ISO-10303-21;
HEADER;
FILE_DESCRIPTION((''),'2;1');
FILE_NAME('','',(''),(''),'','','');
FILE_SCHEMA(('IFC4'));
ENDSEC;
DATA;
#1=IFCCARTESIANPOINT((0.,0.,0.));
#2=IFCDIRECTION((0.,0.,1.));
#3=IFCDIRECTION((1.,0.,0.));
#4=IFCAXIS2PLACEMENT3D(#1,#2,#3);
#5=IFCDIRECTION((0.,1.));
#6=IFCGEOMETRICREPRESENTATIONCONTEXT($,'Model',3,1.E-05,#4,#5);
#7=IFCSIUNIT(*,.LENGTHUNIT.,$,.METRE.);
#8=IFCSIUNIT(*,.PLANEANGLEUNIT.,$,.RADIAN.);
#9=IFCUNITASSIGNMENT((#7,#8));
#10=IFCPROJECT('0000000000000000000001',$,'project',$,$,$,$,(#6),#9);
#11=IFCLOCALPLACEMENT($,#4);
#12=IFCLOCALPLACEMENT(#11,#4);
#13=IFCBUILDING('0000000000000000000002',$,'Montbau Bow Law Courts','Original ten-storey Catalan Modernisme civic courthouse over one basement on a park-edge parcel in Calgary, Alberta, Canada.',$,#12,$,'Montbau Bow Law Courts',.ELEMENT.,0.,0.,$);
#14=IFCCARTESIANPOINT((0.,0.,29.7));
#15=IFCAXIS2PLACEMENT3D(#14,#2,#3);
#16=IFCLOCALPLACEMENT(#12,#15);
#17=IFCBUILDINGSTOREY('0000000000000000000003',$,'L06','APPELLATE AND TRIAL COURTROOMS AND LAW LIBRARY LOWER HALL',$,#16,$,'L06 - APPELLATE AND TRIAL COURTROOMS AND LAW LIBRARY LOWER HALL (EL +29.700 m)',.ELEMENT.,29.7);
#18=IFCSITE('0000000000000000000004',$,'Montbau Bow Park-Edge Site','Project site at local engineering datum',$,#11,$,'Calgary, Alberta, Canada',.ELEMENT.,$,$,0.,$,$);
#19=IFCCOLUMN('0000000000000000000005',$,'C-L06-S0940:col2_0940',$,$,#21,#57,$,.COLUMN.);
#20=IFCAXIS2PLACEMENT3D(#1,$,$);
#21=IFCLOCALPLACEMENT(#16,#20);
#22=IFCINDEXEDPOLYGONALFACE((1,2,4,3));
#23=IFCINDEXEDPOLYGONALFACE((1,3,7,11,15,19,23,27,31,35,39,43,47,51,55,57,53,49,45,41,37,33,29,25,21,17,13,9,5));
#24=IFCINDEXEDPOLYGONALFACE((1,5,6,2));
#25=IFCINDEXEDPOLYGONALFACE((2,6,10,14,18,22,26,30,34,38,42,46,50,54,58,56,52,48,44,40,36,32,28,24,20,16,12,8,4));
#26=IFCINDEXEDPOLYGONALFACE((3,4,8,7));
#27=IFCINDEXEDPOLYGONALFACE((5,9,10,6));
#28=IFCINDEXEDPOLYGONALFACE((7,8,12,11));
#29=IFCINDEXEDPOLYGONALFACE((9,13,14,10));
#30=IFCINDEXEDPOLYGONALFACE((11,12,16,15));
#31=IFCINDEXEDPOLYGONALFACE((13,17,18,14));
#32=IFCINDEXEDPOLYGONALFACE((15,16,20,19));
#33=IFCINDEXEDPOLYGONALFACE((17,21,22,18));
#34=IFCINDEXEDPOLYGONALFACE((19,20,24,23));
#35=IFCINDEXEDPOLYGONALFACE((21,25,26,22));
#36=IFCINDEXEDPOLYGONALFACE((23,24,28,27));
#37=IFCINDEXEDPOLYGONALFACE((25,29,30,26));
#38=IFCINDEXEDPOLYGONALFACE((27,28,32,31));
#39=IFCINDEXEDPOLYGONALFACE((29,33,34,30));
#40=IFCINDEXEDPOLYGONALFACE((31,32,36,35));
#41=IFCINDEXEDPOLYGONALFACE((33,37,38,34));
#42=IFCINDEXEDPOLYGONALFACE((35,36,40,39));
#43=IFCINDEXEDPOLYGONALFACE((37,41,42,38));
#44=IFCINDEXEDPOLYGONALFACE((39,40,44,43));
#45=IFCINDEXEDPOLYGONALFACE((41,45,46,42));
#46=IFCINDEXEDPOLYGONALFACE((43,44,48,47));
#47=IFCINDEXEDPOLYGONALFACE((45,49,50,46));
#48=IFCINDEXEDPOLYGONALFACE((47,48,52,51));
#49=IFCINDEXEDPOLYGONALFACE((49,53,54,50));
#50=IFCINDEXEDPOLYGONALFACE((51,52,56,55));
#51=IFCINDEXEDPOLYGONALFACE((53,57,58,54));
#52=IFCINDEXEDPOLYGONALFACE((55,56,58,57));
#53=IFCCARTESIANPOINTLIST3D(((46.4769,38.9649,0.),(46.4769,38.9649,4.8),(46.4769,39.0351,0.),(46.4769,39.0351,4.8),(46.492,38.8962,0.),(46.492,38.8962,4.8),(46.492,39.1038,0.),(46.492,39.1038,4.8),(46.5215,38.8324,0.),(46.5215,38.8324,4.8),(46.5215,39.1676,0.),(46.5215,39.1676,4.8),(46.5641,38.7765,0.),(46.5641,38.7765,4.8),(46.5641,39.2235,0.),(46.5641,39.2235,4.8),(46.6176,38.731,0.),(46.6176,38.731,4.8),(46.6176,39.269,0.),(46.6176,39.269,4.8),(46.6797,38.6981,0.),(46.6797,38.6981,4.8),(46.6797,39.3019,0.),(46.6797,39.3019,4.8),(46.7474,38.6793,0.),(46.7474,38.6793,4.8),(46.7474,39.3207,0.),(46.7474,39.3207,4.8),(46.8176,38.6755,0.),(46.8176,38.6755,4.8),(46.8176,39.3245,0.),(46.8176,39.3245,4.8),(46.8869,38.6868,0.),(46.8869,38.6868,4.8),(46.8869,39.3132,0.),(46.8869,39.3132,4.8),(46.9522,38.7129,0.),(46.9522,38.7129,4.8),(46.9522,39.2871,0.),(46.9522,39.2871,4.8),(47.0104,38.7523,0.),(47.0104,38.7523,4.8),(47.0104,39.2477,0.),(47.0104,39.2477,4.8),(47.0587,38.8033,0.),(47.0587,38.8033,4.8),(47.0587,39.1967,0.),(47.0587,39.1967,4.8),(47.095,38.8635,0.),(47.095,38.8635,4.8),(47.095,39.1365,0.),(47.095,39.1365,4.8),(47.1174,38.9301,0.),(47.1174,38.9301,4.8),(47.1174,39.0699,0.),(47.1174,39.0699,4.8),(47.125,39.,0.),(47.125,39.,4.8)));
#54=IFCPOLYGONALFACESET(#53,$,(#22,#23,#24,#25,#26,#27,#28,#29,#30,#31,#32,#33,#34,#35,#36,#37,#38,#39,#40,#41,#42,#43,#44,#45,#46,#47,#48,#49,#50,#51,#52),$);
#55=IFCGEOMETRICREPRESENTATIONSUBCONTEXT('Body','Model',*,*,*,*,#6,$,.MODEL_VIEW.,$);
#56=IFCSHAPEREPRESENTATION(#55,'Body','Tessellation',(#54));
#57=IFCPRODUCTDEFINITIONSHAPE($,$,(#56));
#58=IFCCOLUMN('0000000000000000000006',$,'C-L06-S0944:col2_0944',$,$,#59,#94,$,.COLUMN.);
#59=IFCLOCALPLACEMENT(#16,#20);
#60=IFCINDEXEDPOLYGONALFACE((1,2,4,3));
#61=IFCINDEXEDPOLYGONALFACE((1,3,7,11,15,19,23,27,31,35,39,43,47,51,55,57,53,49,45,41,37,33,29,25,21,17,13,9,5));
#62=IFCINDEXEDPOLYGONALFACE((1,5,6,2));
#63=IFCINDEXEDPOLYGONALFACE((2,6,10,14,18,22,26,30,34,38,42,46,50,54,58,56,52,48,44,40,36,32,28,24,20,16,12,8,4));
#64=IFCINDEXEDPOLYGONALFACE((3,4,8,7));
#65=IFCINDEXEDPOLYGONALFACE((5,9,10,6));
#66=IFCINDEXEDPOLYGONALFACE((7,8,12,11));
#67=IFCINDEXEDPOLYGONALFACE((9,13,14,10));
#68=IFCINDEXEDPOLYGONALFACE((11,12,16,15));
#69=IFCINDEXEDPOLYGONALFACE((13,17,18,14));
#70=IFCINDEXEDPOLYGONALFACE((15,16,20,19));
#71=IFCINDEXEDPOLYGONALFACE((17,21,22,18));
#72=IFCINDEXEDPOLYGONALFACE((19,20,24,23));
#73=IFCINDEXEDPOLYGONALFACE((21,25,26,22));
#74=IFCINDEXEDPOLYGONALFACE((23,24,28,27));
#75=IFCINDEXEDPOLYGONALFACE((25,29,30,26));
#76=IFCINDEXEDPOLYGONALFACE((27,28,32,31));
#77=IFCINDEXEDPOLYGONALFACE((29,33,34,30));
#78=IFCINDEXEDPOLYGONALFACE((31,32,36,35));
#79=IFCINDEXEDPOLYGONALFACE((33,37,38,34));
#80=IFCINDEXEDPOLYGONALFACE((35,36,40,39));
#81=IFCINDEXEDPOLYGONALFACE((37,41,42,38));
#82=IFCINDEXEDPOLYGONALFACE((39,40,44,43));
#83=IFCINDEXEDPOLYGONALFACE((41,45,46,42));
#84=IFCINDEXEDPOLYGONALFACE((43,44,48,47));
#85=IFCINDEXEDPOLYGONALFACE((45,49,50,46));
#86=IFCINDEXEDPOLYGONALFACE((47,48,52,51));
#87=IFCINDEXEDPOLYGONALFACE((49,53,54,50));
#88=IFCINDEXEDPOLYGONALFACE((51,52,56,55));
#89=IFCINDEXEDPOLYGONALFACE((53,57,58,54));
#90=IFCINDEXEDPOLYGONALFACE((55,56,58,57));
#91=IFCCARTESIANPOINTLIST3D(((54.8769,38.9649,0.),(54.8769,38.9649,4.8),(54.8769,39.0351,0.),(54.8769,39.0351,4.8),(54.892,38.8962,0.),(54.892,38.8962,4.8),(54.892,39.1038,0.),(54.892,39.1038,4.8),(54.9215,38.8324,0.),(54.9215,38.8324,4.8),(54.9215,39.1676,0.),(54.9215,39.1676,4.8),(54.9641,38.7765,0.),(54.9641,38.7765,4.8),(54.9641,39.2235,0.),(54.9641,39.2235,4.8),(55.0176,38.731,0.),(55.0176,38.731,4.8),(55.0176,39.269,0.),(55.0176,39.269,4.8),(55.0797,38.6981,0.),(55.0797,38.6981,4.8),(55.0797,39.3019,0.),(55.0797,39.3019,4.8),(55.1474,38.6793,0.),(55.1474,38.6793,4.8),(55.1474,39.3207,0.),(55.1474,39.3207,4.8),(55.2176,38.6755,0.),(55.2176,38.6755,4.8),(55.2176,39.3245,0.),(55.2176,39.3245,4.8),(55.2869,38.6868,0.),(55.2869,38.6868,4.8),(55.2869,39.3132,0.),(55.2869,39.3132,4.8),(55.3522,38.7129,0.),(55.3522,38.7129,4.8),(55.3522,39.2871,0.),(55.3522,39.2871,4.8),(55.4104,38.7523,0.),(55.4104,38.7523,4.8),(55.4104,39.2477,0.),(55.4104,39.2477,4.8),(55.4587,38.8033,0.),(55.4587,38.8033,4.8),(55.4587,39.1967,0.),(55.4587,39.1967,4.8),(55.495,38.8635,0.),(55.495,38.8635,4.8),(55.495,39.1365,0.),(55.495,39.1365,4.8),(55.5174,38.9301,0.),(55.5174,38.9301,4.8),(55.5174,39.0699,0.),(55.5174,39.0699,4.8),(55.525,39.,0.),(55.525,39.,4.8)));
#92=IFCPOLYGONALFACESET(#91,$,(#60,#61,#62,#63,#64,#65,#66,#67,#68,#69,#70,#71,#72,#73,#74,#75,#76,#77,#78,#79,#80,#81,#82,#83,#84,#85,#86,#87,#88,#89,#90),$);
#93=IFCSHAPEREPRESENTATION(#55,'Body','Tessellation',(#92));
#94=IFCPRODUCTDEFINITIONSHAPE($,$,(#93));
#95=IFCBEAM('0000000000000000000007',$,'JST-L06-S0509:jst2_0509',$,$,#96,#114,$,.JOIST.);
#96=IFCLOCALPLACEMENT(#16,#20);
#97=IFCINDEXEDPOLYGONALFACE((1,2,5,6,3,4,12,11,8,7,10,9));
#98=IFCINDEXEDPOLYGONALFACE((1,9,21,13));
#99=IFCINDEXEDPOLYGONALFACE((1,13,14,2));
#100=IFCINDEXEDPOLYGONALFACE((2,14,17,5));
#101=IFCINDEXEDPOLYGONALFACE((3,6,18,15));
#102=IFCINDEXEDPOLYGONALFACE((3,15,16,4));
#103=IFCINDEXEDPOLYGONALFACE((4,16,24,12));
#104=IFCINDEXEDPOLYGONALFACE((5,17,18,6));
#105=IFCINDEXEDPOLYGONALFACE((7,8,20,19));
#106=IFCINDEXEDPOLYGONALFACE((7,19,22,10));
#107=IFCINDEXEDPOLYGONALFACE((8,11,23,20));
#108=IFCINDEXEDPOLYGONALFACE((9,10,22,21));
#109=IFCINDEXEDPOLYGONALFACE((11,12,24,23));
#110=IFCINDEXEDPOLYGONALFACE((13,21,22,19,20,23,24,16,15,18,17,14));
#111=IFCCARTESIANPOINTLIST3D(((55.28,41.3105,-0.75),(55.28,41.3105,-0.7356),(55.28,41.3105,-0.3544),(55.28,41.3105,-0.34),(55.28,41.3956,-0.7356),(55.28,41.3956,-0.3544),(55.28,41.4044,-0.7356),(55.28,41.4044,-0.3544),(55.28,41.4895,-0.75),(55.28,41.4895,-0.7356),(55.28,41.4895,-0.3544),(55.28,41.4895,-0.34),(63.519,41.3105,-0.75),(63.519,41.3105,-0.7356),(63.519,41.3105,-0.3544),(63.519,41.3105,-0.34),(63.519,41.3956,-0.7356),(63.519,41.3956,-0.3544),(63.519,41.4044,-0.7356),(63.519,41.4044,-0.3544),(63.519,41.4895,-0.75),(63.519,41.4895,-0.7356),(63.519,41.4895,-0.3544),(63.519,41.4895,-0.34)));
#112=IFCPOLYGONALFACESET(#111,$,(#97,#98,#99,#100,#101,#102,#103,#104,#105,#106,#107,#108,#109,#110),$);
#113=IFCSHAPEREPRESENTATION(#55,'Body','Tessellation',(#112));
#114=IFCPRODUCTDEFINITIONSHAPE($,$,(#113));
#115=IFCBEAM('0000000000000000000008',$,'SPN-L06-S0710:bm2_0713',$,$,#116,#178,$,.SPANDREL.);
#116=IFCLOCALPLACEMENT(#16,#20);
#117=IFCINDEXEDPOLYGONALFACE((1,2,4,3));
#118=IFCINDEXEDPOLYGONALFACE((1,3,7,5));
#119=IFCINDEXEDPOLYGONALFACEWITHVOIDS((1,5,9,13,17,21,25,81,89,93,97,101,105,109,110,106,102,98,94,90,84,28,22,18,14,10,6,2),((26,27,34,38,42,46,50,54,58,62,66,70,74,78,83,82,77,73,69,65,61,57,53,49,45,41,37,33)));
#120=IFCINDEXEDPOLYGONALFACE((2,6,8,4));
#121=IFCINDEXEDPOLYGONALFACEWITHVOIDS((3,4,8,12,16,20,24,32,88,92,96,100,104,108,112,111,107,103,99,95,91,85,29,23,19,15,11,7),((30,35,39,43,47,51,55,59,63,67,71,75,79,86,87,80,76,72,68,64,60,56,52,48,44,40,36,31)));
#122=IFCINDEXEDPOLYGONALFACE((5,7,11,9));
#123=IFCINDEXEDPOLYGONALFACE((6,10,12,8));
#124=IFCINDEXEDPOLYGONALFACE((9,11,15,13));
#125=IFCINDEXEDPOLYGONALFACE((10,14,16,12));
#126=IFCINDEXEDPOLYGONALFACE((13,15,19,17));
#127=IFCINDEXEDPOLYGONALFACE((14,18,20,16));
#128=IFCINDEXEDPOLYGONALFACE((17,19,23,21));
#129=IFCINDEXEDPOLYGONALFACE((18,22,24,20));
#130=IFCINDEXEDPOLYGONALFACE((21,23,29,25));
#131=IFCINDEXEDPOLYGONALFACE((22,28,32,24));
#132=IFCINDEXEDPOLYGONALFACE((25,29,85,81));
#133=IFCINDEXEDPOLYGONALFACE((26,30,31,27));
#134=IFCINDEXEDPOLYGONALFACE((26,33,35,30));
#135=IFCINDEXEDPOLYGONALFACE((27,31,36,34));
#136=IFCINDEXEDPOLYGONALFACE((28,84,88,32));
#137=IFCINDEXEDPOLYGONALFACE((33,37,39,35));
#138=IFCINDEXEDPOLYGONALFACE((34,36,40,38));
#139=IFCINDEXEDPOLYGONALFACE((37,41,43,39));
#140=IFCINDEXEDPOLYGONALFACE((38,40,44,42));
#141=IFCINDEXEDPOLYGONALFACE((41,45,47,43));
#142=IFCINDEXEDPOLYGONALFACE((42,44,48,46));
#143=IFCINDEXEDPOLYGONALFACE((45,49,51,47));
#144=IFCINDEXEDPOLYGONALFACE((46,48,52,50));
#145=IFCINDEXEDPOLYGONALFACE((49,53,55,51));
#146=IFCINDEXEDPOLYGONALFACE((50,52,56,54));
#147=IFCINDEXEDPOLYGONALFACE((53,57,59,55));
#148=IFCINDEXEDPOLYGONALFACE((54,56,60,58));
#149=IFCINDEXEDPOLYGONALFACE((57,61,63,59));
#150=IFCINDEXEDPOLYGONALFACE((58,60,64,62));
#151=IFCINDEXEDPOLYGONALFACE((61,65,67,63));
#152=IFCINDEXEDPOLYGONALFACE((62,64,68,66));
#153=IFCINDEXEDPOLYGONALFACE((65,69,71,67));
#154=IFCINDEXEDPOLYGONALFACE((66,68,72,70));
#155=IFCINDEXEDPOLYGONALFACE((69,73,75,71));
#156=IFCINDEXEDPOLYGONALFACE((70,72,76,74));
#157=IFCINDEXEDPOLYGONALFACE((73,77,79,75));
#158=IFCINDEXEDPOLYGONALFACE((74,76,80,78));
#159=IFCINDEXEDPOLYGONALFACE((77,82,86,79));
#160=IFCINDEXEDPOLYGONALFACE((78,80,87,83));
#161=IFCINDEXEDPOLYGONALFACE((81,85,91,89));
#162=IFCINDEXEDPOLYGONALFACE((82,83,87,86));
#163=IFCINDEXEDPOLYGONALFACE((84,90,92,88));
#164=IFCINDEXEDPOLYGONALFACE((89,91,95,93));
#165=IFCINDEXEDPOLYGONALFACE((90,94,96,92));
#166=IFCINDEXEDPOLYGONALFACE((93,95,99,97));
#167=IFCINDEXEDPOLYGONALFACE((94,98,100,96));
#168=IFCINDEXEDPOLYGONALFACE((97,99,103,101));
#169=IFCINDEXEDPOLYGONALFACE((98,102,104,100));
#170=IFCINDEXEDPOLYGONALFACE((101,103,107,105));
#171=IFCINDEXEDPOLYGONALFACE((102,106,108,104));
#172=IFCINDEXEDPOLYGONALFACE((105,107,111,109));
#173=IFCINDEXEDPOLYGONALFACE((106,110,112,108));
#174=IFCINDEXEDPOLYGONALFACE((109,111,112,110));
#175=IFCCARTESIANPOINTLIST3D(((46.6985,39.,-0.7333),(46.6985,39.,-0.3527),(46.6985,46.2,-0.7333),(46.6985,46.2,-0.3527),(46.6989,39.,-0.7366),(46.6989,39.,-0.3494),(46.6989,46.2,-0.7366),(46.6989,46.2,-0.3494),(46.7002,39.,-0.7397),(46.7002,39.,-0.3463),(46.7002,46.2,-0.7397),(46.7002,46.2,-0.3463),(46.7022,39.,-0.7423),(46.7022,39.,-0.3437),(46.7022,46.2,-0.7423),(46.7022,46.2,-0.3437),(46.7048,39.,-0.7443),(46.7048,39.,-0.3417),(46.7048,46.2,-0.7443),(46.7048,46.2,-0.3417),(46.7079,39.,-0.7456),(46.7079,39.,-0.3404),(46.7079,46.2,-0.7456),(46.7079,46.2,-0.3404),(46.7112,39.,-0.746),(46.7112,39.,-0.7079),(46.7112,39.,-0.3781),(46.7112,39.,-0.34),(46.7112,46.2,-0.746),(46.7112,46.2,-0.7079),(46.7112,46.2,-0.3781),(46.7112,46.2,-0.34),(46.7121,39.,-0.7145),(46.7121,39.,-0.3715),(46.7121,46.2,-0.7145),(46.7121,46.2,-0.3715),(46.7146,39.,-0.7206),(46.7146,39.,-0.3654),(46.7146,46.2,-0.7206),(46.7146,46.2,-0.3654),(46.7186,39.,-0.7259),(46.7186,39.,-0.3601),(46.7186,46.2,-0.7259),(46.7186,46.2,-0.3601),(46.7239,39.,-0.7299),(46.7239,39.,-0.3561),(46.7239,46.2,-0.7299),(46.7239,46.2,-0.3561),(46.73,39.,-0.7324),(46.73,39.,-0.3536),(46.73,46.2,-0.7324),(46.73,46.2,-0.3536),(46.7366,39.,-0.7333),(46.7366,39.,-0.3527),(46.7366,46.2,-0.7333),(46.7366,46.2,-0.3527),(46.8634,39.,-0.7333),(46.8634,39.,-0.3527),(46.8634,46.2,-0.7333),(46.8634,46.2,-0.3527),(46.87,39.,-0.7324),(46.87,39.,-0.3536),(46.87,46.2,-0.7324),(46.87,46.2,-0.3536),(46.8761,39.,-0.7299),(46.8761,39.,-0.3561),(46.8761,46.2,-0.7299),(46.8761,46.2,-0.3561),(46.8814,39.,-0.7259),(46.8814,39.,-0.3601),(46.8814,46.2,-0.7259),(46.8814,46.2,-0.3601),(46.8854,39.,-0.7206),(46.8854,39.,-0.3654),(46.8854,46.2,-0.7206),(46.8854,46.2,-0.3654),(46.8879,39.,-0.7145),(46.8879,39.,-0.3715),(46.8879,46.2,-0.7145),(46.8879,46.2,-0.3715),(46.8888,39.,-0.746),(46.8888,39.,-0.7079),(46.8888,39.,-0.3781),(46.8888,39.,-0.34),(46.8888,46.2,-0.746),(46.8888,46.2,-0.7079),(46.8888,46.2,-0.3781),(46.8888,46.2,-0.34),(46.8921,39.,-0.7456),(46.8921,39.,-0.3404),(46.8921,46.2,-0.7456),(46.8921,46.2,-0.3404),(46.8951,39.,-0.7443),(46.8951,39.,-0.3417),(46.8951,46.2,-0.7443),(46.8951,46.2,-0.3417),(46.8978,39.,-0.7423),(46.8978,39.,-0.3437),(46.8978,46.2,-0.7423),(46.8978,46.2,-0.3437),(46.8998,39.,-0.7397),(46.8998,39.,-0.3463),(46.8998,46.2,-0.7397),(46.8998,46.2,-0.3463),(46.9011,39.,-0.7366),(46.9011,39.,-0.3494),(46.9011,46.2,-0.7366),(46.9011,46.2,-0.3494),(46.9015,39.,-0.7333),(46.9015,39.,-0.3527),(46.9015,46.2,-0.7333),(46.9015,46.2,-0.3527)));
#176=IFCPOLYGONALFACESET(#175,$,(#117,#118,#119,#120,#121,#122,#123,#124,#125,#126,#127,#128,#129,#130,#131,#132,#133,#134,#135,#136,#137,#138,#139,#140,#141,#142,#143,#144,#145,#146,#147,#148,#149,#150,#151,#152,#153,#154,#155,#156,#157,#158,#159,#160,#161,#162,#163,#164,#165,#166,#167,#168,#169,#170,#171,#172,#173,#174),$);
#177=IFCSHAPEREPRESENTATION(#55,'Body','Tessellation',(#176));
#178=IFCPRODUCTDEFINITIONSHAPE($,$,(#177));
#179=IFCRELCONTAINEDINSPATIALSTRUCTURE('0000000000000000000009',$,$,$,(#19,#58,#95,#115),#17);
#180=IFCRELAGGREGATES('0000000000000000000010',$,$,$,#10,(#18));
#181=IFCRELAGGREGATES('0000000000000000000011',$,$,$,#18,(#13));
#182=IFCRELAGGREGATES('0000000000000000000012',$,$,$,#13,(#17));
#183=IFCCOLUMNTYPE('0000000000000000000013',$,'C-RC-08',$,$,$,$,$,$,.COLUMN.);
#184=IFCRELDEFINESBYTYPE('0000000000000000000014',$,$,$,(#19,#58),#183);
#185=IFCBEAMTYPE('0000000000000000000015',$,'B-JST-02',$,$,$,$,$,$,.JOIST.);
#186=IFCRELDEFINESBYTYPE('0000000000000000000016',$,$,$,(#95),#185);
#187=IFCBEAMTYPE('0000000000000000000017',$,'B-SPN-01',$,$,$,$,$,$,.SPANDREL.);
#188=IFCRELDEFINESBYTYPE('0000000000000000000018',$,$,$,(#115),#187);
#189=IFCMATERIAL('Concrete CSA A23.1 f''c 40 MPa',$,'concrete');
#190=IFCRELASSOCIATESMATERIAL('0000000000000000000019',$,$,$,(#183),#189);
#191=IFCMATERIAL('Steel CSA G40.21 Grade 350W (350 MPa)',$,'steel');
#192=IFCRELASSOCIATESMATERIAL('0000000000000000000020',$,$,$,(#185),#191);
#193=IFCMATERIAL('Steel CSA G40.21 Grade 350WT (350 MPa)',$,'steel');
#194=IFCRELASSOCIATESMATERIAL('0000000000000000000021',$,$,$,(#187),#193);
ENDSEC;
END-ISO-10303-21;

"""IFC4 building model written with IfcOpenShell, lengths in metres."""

from ifc_helpers import new_model, si_unit, direction, frame, origin_with_axes, origin_2d_with_axis, place, context, subcontext, project, spatial, hollow_rectangle, circle, i_section, extrude, material, material_profile, profile_set, type_object, element, save


model = new_model("IFC4")

# Units and contexts
model_context = context("Model", 3, precision=1e-05, world=origin_with_axes(), true_north=direction((0.0, 1.0)))
body_context = subcontext(model_context, "Body", "Model", "MODEL_VIEW")
ifc_project = project(units=[si_unit("LENGTHUNIT", "METRE"), si_unit("PLANEANGLEUNIT", "RADIAN")], contexts=[model_context])

# Site, building, storey
site_placement = place(None, origin_with_axes())
site = spatial("IfcSite", under=ifc_project, at=site_placement, Name="Montbau Bow Park-Edge Site", Description="Project site at local engineering datum", LongName="Calgary, Alberta, Canada", CompositionType="ELEMENT", RefElevation=0.0)
building_placement = place(site_placement, origin_with_axes())
building = spatial("IfcBuilding", under=site, at=building_placement, Name="Montbau Bow Law Courts", Description="Original ten-storey Catalan Modernisme civic courthouse over one basement on a park-edge parcel in Calgary, Alberta, Canada.", LongName="Montbau Bow Law Courts", CompositionType="ELEMENT", ElevationOfRefHeight=0.0, ElevationOfTerrain=0.0)
storey_placement = place(building_placement, frame((0.0, 0.0, 29.7), z_axis=(0.0, 0.0, 1.0), x_axis=(1.0, 0.0, 0.0)))
storey = spatial("IfcBuildingStorey", under=building, at=storey_placement, Name="L06", Description="APPELLATE AND TRIAL COURTROOMS AND LAW LIBRARY LOWER HALL", LongName="L06 - APPELLATE AND TRIAL COURTROOMS AND LAW LIBRARY LOWER HALL (EL +29.700 m)", CompositionType="ELEMENT", Elevation=29.7)

# Columns
ifc_material_1 = material(Name="Concrete CSA A23.1 f'c 40 MPa", Category="concrete")
ifc_material_profile_1 = material_profile(ifc_material_1, circle(Radius=0.325, at=origin_2d_with_axis()), Name="RC650D", Category="Main", Priority=0)
ifc_profile_set_1 = profile_set([ifc_material_profile_1], Name="Concrete CSA A23.1 f'c 40 MPa")
column_type = type_object("IfcColumnType", Name="C-RC-08", PredefinedType="COLUMN", material=ifc_profile_set_1)
for number, where, z_axis, x_axis, name in (
    (1, (46.8, 39.0, 29.7), (0.0, 0.0, 1.0), (1.0, 0.0, 0.0), "C-L06-S0940:col2_0940"),
    (2, (55.2, 39.0, 29.7), (0.0, 0.0, 1.0), (1.0, 0.0, 0.0), "C-L06-S0944:col2_0944"),
):
    element("IfcColumn", number, at=place(None, frame(where, z_axis=z_axis, x_axis=x_axis)), inside=storey, type_object=column_type, Name=name, PredefinedType="COLUMN", context=body_context, shape_type="SweptSolid", body=[
        extrude(circle(Radius=0.325, at=origin_2d_with_axis()), origin_with_axes(), (0.0, 0.0, 1.0), 4.8),
    ])

# Beams
ifc_material_2 = material(Name="Steel CSA G40.21 Grade 350W (350 MPa)", Category="steel")
ifc_material_profile_2 = material_profile(ifc_material_2, i_section(OverallWidth=0.179, OverallDepth=0.41, WebThickness=0.0088, FlangeThickness=0.0144, at=origin_2d_with_axis()), Name="W410X67", Category="Main", Priority=0)
ifc_profile_set_2 = profile_set([ifc_material_profile_2], Name="Steel CSA G40.21 Grade 350W (350 MPa)")
beam_type_1 = type_object("IfcBeamType", Name="B-JST-02", PredefinedType="JOIST", material=ifc_profile_set_2)
beam_1_placement = place(None, frame((55.28, 41.4, 29.155), z_axis=(1.0, 0.0, 0.0), x_axis=(0.0, 1.0, 0.0)))
element("IfcBeam", 3, at=beam_1_placement, inside=storey, type_object=beam_type_1, Name="JST-L06-S0509:jst2_0509", PredefinedType="JOIST", context=body_context, shape_type="SweptSolid", body=[
    extrude(i_section(OverallWidth=0.179, OverallDepth=0.41, WebThickness=0.0088, FlangeThickness=0.0144, at=origin_2d_with_axis()), origin_with_axes(), (0.0, 0.0, 1.0), 8.239),
])
ifc_material_3 = material(Name="Steel CSA G40.21 Grade 350WT (350 MPa)", Category="steel")
ifc_material_profile_3 = material_profile(ifc_material_3, hollow_rectangle(XDim=0.203, YDim=0.406, WallThickness=0.0127, InnerFilletRadius=0.0254, OuterFilletRadius=0.0127, at=origin_2d_with_axis()), Name="HSS406X203X13", Category="Main", Priority=0)
ifc_profile_set_3 = profile_set([ifc_material_profile_3], Name="Steel CSA G40.21 Grade 350WT (350 MPa)")
beam_type_2 = type_object("IfcBeamType", Name="B-SPN-01", PredefinedType="SPANDREL", material=ifc_profile_set_3)
for number, where, z_axis, x_axis, name in (
    (4, (46.8, 39.0, 29.157), (0.0, 1.0, 0.0), (-1.0, 0.0, 0.0), "SPN-L06-S0710:bm2_0713"),
):
    element("IfcBeam", number, at=place(None, frame(where, z_axis=z_axis, x_axis=x_axis)), inside=storey, type_object=beam_type_2, Name=name, PredefinedType="SPANDREL", context=body_context, shape_type="SweptSolid", body=[
        extrude(hollow_rectangle(XDim=0.203, YDim=0.406, WallThickness=0.0127, InnerFilletRadius=0.0254, OuterFilletRadius=0.0127, at=origin_2d_with_axis()), origin_with_axes(), (0.0, 0.0, 1.0), 7.2),
    ])

save(model, "model.ifc")
